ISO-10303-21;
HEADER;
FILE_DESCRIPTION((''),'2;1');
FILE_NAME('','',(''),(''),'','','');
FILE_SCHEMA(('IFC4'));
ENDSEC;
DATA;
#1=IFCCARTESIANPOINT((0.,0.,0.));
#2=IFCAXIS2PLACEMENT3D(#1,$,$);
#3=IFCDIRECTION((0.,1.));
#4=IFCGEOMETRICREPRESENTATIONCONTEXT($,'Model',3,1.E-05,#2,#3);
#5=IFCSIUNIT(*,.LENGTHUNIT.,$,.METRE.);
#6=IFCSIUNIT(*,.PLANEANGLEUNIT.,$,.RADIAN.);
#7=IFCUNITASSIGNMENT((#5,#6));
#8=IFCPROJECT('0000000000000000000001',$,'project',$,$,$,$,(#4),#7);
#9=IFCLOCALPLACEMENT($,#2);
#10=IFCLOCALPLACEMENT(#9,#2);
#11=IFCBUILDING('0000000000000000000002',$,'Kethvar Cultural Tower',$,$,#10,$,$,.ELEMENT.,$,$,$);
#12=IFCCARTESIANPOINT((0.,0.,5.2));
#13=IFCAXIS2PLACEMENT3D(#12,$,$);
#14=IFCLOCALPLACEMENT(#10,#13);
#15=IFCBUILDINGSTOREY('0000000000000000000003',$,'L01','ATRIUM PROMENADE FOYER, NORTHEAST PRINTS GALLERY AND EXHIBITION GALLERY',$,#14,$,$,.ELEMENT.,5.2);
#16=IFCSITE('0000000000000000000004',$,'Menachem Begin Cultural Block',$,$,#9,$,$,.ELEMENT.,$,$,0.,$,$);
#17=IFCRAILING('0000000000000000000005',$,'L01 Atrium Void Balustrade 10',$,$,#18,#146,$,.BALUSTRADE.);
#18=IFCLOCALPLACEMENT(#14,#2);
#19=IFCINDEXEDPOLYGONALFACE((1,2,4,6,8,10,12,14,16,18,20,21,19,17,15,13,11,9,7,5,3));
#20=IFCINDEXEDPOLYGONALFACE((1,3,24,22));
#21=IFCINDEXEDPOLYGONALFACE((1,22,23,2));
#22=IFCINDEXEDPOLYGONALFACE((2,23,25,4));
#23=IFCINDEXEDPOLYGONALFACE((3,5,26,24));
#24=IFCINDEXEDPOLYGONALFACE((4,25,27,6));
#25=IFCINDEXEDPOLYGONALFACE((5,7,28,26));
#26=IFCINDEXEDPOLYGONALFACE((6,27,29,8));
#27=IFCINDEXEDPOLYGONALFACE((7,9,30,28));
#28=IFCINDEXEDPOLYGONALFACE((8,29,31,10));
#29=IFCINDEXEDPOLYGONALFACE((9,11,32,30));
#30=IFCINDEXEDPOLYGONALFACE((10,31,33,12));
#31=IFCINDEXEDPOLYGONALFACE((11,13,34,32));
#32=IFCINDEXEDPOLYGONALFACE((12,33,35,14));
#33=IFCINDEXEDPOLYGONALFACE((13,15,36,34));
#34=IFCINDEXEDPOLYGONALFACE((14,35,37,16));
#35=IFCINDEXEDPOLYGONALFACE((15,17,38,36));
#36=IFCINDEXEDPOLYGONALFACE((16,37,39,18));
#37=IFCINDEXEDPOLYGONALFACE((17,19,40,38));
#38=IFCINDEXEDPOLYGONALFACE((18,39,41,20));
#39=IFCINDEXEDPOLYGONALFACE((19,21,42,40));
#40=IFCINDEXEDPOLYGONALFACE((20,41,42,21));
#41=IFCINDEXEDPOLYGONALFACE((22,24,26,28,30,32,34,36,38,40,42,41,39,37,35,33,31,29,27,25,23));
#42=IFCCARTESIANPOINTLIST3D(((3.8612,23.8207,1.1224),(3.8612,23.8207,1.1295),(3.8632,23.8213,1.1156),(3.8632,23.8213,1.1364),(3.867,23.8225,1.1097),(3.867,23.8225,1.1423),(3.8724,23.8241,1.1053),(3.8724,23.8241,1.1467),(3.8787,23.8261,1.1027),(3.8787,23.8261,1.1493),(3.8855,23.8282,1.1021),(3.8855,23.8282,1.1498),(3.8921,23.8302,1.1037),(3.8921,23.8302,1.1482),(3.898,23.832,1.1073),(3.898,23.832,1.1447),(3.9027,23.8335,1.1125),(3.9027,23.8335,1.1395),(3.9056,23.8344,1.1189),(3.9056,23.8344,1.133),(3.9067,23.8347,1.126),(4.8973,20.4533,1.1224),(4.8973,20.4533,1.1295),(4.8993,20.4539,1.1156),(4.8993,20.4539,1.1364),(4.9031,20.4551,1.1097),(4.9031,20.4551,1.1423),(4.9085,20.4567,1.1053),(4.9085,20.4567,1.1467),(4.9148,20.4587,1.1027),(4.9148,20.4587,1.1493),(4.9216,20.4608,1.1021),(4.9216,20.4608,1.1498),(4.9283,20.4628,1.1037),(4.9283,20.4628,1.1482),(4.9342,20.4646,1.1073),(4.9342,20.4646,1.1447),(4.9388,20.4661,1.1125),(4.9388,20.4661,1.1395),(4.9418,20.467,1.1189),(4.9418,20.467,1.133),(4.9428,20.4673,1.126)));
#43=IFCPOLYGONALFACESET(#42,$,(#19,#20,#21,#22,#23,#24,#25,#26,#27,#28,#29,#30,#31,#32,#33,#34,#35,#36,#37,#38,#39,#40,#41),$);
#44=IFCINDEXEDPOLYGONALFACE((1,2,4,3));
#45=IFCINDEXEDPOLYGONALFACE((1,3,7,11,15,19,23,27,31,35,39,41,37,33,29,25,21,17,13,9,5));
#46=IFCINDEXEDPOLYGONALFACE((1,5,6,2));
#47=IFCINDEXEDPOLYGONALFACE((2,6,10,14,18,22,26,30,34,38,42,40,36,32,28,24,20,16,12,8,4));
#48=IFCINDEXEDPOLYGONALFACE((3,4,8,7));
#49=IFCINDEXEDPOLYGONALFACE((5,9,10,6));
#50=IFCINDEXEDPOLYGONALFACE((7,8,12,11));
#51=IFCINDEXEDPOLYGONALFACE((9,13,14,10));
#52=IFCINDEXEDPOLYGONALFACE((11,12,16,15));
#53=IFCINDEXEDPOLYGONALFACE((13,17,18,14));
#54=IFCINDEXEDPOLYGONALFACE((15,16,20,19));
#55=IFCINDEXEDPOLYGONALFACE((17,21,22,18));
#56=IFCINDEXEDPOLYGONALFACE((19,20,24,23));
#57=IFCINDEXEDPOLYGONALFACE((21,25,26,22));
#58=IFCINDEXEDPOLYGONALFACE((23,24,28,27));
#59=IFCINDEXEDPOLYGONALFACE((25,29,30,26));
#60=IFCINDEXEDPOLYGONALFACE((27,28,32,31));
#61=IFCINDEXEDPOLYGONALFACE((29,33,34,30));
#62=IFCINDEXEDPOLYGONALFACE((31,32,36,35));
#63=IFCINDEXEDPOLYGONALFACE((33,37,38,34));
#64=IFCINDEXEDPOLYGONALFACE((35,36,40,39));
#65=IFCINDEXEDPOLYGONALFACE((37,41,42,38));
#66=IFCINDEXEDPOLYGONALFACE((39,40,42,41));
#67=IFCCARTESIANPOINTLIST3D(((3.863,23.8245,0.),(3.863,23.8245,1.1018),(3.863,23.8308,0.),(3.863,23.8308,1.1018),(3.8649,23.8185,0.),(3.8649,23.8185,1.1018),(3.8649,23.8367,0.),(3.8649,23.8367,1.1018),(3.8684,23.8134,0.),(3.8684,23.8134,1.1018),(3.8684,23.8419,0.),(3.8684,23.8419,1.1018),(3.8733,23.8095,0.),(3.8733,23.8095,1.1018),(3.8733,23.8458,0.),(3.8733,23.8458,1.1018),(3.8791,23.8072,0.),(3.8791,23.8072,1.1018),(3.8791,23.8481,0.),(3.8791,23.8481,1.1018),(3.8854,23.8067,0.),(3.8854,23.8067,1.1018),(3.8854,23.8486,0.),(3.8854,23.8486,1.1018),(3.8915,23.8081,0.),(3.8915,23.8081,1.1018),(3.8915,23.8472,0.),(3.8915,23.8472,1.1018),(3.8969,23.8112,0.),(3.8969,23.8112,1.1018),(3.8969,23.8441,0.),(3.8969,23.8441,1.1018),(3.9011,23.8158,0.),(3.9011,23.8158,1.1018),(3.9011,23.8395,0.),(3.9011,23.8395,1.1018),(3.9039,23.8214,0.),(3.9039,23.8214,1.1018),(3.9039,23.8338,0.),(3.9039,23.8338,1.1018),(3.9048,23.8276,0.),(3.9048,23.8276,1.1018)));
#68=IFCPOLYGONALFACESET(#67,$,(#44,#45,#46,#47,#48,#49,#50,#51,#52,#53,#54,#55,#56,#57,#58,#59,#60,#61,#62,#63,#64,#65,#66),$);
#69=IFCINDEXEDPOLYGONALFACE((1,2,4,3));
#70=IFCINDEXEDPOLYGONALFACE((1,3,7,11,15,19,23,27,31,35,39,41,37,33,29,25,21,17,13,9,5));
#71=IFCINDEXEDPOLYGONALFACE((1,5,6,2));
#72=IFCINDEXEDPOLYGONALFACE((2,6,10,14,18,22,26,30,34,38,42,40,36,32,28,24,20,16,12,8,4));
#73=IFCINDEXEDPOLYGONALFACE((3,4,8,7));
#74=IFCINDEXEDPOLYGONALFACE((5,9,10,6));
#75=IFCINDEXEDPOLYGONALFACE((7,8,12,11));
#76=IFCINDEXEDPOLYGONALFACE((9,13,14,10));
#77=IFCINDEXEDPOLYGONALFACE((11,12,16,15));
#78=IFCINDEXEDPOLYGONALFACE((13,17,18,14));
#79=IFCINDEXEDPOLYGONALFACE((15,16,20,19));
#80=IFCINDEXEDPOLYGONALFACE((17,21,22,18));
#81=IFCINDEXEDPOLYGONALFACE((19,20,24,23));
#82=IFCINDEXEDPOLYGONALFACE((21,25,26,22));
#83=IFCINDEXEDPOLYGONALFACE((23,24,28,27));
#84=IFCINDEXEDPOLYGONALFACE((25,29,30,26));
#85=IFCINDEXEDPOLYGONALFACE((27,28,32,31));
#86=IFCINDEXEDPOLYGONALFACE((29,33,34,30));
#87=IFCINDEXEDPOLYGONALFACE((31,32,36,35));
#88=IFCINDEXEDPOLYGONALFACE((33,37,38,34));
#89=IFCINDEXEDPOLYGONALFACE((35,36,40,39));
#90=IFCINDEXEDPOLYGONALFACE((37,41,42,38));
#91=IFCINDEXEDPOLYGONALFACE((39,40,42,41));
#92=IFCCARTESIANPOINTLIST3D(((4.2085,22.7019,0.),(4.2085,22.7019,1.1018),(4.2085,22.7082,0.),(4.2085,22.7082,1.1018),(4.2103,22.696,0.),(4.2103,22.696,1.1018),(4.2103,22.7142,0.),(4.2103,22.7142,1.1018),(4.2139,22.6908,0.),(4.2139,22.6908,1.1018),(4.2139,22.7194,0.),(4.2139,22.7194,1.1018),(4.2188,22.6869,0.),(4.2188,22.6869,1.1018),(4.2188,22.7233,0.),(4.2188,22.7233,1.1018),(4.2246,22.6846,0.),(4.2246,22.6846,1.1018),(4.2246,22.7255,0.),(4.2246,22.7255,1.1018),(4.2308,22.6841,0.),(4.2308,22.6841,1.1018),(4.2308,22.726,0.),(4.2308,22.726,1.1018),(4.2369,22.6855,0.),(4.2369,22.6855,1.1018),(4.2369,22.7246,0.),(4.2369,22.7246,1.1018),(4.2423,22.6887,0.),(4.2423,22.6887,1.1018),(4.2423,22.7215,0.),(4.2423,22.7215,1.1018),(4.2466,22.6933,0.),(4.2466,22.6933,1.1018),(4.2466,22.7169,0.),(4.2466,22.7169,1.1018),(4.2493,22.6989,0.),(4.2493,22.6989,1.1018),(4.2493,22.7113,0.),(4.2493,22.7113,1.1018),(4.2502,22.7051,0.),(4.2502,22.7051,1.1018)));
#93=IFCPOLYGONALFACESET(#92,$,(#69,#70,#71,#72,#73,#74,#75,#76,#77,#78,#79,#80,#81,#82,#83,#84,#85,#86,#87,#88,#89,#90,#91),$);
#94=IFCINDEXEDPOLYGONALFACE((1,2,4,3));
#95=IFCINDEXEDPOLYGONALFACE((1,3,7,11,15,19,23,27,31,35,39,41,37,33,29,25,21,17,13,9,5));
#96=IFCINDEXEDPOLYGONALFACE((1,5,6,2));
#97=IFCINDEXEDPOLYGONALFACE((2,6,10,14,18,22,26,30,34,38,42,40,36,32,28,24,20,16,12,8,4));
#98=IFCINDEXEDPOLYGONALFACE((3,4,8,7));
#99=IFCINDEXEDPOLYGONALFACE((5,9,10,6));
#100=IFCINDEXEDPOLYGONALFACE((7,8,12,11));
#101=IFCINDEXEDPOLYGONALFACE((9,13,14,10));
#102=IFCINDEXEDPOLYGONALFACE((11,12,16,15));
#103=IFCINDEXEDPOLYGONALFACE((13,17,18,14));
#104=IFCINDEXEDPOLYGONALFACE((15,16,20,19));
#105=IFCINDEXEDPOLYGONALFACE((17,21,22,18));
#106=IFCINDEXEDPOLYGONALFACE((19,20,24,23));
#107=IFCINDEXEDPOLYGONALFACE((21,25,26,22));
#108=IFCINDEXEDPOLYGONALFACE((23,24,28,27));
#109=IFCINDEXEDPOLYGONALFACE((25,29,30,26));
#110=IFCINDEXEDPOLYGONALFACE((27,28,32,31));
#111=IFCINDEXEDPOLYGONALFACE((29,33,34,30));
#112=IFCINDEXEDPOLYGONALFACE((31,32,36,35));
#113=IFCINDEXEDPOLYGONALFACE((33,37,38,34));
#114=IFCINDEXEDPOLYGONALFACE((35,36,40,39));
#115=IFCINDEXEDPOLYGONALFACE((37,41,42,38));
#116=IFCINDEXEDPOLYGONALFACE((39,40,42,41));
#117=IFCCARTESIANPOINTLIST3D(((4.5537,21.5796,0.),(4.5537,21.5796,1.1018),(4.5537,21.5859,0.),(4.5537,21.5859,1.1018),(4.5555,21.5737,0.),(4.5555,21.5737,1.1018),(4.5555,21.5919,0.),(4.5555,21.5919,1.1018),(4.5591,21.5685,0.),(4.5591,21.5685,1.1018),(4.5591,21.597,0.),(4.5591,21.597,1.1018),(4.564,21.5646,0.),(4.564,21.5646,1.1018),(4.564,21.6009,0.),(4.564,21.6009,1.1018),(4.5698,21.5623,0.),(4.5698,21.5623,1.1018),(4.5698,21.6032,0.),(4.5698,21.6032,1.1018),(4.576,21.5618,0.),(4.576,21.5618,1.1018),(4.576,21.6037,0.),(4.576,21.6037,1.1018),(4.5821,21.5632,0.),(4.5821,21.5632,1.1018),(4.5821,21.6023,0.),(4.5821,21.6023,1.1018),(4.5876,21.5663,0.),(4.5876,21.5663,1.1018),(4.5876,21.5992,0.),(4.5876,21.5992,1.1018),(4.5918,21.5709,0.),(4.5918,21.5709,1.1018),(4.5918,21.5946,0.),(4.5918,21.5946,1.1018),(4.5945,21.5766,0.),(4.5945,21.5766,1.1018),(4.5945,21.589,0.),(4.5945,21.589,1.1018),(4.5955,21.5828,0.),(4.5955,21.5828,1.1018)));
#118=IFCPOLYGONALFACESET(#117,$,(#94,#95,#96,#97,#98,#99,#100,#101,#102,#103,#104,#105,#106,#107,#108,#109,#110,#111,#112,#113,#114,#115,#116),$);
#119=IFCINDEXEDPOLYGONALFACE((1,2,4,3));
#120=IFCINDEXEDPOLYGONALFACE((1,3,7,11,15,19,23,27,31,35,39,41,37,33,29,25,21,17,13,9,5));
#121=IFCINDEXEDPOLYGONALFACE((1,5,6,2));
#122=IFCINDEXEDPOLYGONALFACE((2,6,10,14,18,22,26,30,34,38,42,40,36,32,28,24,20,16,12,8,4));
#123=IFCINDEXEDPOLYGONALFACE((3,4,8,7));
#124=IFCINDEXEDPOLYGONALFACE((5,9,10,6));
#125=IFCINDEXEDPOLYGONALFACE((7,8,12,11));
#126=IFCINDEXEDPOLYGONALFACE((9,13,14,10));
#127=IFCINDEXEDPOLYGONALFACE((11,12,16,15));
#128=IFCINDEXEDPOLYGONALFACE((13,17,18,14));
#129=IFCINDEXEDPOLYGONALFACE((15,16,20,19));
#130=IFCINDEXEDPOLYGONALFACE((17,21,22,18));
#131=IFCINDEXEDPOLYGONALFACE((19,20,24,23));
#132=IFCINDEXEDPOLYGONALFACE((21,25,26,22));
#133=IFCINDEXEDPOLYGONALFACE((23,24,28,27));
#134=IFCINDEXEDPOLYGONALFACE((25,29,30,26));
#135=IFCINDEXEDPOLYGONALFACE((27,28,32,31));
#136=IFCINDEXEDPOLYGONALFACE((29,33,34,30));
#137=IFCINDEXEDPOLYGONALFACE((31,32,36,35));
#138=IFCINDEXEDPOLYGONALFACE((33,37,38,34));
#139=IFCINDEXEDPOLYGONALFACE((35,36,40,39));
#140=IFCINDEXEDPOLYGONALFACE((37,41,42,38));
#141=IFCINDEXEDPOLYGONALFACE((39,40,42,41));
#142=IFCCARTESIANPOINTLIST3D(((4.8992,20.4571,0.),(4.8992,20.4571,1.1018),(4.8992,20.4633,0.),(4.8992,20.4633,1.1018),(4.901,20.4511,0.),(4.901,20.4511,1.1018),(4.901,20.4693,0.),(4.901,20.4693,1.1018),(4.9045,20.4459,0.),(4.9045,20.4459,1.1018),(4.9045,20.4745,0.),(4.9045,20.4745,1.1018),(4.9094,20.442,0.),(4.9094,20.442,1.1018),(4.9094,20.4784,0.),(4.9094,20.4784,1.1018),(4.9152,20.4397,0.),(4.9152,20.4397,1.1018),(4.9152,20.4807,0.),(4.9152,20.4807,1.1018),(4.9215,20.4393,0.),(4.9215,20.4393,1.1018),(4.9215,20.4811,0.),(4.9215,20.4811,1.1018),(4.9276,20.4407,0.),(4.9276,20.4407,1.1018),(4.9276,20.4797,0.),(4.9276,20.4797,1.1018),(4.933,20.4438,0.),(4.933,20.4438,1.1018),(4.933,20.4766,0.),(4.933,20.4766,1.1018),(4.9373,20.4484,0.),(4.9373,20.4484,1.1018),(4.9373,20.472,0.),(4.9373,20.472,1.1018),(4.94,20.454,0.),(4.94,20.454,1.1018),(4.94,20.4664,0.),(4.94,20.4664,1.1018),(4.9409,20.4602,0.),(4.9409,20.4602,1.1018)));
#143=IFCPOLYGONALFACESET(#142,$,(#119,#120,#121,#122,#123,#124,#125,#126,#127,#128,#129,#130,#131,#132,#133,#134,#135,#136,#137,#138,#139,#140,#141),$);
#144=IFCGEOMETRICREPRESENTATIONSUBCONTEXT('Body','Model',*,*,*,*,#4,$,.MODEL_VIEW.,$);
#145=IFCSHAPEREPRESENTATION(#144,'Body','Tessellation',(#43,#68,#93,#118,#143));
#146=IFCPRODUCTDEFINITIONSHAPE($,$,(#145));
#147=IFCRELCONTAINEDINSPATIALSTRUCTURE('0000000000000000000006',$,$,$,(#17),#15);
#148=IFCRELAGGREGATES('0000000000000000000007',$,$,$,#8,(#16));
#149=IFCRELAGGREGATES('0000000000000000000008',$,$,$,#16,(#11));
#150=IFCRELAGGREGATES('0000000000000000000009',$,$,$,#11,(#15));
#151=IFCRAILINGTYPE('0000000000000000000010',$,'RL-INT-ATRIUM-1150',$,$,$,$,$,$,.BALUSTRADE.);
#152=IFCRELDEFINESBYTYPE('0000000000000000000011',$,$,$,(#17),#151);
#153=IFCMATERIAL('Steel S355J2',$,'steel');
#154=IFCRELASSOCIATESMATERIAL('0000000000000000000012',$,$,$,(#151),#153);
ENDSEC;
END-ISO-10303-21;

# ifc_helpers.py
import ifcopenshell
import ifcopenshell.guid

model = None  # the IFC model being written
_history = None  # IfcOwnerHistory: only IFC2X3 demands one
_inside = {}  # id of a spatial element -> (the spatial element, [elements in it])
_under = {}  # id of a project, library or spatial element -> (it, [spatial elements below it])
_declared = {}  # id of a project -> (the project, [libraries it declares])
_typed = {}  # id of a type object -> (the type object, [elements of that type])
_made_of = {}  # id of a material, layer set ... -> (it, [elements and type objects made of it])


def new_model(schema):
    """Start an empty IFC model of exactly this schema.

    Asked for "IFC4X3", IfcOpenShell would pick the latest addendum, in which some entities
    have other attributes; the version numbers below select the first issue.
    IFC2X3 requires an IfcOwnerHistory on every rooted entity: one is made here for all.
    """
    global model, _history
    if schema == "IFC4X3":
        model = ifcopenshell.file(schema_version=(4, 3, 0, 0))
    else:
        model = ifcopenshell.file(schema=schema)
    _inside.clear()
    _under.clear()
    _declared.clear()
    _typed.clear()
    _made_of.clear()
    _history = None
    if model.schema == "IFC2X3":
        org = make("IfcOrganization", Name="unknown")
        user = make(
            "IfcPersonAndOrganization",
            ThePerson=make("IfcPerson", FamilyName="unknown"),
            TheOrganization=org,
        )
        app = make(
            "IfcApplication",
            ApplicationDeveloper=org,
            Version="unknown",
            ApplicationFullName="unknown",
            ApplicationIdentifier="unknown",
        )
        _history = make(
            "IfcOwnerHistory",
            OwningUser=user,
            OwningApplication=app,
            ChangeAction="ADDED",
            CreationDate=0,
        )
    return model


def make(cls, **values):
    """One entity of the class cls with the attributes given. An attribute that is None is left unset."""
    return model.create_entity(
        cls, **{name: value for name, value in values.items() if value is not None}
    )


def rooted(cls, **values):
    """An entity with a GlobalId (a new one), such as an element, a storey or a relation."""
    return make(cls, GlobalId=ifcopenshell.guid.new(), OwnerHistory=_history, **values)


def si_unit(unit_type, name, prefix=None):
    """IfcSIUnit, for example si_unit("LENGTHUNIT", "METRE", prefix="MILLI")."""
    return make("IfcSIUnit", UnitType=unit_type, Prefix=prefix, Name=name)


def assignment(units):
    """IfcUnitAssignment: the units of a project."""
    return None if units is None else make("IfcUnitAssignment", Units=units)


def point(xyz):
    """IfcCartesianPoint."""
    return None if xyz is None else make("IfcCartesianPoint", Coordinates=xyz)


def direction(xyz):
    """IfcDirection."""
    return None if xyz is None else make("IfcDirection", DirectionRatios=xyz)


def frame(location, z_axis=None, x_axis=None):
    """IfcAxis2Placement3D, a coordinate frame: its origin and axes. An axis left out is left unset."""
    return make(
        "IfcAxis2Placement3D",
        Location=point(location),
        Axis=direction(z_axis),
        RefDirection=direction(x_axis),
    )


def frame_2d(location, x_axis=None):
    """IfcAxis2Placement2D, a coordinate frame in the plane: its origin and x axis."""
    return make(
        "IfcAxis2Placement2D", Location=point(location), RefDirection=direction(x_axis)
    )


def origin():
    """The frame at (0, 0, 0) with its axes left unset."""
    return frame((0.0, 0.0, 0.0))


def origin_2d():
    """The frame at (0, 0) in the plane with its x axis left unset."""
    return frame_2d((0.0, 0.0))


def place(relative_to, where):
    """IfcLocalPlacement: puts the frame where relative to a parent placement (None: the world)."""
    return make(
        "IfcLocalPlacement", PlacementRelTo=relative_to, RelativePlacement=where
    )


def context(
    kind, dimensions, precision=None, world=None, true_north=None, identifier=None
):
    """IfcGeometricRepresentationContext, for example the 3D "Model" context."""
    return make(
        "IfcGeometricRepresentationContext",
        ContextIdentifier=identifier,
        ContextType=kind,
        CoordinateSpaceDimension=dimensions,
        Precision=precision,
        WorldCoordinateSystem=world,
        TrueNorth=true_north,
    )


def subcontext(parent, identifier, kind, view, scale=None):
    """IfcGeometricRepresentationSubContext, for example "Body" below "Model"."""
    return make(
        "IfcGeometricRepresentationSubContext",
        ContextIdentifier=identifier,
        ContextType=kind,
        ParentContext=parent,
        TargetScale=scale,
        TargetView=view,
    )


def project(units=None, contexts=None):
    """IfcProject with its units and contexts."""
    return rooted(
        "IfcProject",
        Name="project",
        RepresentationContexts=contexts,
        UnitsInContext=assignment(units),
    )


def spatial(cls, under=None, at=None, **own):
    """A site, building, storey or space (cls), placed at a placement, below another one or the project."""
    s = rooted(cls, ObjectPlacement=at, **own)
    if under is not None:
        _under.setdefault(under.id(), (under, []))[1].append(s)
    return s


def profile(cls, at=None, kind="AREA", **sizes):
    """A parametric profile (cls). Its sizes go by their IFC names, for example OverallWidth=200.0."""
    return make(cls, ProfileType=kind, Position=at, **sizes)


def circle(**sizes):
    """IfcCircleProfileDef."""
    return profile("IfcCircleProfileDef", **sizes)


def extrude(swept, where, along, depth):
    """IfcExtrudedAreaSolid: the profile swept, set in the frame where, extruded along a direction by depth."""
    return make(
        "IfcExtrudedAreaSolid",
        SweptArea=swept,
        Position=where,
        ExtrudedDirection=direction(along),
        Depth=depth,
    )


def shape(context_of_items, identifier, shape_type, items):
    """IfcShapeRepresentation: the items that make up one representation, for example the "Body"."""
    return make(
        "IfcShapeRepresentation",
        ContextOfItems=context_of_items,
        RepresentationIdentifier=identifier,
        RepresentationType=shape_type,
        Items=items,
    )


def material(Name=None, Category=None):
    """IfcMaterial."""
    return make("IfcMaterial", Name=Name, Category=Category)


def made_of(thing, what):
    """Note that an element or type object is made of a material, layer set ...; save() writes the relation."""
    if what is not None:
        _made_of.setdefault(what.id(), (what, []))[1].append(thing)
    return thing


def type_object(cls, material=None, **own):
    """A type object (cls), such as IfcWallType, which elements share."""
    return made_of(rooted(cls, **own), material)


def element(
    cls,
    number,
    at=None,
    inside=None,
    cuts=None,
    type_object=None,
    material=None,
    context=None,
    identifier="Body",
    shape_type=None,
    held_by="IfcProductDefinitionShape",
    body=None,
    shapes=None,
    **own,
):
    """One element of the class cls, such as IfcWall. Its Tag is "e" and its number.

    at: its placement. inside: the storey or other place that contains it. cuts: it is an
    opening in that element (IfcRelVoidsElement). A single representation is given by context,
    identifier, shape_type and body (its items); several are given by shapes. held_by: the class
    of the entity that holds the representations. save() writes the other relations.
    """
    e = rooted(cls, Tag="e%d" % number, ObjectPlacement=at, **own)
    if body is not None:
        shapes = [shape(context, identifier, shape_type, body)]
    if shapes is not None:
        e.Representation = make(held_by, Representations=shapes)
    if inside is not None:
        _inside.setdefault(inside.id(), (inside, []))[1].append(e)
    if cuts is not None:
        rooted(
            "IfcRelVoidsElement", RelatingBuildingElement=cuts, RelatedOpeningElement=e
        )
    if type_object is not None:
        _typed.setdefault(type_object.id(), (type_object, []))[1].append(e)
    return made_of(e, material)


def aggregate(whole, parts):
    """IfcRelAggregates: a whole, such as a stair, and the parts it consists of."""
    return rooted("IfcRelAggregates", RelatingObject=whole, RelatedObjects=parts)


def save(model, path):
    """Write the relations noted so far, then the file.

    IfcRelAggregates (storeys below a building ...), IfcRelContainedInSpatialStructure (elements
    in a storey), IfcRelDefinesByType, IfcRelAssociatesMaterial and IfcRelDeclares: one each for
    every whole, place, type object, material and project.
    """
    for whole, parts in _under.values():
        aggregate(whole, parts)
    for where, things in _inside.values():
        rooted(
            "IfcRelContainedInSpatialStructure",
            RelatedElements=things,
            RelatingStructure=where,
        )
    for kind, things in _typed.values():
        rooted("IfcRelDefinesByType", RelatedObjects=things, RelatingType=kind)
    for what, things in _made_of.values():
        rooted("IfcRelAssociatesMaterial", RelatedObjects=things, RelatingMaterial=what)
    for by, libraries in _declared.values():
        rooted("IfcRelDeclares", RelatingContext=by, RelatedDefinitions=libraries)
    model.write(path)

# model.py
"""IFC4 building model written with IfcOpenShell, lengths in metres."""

from ifc_helpers import new_model, si_unit, direction, frame, origin, origin_2d, place, context, subcontext, project, spatial, circle, extrude, material, type_object, element, save


model = new_model("IFC4")

# Units and contexts
model_context = context("Model", 3, precision=1e-05, world=origin(), true_north=direction((0.0, 1.0)))
body_context = subcontext(model_context, "Body", "Model", "MODEL_VIEW")
ifc_project = project(units=[si_unit("LENGTHUNIT", "METRE"), si_unit("PLANEANGLEUNIT", "RADIAN")], contexts=[model_context])

# Site, building, storey
site_placement = place(None, origin())
site = spatial("IfcSite", under=ifc_project, at=site_placement, Name="Menachem Begin Cultural Block", CompositionType="ELEMENT", RefElevation=0.0)
building_placement = place(site_placement, origin())
building = spatial("IfcBuilding", under=site, at=building_placement, Name="Kethvar Cultural Tower", CompositionType="ELEMENT")
storey_placement = place(building_placement, frame((0.0, 0.0, 5.2)))
storey = spatial("IfcBuildingStorey", under=building, at=storey_placement, Name="L01", Description="ATRIUM PROMENADE FOYER, NORTHEAST PRINTS GALLERY AND EXHIBITION GALLERY", CompositionType="ELEMENT", Elevation=5.2)

# Shared definitions
ifc_material_1 = material(Name="Steel S355J2", Category="steel")

# Railing
railing_type_1 = type_object("IfcRailingType", Name="RL-INT-ATRIUM-1150", PredefinedType="BALUSTRADE", material=ifc_material_1)
railing_1_placement = place(storey_placement, frame((3.8838, 23.8276, 0.0)))
element("IfcRailing", 1, at=railing_1_placement, inside=storey, type_object=railing_type_1, Name="L01 Atrium Void Balustrade 10", PredefinedType="BALUSTRADE", context=body_context, shape_type="SweptSolid", body=[
    extrude(circle(Radius=0.0239, at=origin_2d()), frame((0.0, 0.0, 1.126), z_axis=(0.294086, -0.955779, 0.0), x_axis=(0.955779, 0.294086, 0.0)), (0.0, 0.0, 1.0), 3.5232),
    extrude(circle(Radius=0.021, at=origin_2d()), origin(), (0.0, 0.0, 1.0), 1.1018),
    extrude(circle(Radius=0.021, at=origin_2d()), frame((0.3455, -1.1226, 0.0)), (0.0, 0.0, 1.0), 1.1018),
    extrude(circle(Radius=0.021, at=origin_2d()), frame((0.6907, -2.2449, 0.0)), (0.0, 0.0, 1.0), 1.1018),
    extrude(circle(Radius=0.021, at=origin_2d()), frame((1.0361, -3.3674, 0.0)), (0.0, 0.0, 1.0), 1.1018),
])

save(model, "model.ifc")
